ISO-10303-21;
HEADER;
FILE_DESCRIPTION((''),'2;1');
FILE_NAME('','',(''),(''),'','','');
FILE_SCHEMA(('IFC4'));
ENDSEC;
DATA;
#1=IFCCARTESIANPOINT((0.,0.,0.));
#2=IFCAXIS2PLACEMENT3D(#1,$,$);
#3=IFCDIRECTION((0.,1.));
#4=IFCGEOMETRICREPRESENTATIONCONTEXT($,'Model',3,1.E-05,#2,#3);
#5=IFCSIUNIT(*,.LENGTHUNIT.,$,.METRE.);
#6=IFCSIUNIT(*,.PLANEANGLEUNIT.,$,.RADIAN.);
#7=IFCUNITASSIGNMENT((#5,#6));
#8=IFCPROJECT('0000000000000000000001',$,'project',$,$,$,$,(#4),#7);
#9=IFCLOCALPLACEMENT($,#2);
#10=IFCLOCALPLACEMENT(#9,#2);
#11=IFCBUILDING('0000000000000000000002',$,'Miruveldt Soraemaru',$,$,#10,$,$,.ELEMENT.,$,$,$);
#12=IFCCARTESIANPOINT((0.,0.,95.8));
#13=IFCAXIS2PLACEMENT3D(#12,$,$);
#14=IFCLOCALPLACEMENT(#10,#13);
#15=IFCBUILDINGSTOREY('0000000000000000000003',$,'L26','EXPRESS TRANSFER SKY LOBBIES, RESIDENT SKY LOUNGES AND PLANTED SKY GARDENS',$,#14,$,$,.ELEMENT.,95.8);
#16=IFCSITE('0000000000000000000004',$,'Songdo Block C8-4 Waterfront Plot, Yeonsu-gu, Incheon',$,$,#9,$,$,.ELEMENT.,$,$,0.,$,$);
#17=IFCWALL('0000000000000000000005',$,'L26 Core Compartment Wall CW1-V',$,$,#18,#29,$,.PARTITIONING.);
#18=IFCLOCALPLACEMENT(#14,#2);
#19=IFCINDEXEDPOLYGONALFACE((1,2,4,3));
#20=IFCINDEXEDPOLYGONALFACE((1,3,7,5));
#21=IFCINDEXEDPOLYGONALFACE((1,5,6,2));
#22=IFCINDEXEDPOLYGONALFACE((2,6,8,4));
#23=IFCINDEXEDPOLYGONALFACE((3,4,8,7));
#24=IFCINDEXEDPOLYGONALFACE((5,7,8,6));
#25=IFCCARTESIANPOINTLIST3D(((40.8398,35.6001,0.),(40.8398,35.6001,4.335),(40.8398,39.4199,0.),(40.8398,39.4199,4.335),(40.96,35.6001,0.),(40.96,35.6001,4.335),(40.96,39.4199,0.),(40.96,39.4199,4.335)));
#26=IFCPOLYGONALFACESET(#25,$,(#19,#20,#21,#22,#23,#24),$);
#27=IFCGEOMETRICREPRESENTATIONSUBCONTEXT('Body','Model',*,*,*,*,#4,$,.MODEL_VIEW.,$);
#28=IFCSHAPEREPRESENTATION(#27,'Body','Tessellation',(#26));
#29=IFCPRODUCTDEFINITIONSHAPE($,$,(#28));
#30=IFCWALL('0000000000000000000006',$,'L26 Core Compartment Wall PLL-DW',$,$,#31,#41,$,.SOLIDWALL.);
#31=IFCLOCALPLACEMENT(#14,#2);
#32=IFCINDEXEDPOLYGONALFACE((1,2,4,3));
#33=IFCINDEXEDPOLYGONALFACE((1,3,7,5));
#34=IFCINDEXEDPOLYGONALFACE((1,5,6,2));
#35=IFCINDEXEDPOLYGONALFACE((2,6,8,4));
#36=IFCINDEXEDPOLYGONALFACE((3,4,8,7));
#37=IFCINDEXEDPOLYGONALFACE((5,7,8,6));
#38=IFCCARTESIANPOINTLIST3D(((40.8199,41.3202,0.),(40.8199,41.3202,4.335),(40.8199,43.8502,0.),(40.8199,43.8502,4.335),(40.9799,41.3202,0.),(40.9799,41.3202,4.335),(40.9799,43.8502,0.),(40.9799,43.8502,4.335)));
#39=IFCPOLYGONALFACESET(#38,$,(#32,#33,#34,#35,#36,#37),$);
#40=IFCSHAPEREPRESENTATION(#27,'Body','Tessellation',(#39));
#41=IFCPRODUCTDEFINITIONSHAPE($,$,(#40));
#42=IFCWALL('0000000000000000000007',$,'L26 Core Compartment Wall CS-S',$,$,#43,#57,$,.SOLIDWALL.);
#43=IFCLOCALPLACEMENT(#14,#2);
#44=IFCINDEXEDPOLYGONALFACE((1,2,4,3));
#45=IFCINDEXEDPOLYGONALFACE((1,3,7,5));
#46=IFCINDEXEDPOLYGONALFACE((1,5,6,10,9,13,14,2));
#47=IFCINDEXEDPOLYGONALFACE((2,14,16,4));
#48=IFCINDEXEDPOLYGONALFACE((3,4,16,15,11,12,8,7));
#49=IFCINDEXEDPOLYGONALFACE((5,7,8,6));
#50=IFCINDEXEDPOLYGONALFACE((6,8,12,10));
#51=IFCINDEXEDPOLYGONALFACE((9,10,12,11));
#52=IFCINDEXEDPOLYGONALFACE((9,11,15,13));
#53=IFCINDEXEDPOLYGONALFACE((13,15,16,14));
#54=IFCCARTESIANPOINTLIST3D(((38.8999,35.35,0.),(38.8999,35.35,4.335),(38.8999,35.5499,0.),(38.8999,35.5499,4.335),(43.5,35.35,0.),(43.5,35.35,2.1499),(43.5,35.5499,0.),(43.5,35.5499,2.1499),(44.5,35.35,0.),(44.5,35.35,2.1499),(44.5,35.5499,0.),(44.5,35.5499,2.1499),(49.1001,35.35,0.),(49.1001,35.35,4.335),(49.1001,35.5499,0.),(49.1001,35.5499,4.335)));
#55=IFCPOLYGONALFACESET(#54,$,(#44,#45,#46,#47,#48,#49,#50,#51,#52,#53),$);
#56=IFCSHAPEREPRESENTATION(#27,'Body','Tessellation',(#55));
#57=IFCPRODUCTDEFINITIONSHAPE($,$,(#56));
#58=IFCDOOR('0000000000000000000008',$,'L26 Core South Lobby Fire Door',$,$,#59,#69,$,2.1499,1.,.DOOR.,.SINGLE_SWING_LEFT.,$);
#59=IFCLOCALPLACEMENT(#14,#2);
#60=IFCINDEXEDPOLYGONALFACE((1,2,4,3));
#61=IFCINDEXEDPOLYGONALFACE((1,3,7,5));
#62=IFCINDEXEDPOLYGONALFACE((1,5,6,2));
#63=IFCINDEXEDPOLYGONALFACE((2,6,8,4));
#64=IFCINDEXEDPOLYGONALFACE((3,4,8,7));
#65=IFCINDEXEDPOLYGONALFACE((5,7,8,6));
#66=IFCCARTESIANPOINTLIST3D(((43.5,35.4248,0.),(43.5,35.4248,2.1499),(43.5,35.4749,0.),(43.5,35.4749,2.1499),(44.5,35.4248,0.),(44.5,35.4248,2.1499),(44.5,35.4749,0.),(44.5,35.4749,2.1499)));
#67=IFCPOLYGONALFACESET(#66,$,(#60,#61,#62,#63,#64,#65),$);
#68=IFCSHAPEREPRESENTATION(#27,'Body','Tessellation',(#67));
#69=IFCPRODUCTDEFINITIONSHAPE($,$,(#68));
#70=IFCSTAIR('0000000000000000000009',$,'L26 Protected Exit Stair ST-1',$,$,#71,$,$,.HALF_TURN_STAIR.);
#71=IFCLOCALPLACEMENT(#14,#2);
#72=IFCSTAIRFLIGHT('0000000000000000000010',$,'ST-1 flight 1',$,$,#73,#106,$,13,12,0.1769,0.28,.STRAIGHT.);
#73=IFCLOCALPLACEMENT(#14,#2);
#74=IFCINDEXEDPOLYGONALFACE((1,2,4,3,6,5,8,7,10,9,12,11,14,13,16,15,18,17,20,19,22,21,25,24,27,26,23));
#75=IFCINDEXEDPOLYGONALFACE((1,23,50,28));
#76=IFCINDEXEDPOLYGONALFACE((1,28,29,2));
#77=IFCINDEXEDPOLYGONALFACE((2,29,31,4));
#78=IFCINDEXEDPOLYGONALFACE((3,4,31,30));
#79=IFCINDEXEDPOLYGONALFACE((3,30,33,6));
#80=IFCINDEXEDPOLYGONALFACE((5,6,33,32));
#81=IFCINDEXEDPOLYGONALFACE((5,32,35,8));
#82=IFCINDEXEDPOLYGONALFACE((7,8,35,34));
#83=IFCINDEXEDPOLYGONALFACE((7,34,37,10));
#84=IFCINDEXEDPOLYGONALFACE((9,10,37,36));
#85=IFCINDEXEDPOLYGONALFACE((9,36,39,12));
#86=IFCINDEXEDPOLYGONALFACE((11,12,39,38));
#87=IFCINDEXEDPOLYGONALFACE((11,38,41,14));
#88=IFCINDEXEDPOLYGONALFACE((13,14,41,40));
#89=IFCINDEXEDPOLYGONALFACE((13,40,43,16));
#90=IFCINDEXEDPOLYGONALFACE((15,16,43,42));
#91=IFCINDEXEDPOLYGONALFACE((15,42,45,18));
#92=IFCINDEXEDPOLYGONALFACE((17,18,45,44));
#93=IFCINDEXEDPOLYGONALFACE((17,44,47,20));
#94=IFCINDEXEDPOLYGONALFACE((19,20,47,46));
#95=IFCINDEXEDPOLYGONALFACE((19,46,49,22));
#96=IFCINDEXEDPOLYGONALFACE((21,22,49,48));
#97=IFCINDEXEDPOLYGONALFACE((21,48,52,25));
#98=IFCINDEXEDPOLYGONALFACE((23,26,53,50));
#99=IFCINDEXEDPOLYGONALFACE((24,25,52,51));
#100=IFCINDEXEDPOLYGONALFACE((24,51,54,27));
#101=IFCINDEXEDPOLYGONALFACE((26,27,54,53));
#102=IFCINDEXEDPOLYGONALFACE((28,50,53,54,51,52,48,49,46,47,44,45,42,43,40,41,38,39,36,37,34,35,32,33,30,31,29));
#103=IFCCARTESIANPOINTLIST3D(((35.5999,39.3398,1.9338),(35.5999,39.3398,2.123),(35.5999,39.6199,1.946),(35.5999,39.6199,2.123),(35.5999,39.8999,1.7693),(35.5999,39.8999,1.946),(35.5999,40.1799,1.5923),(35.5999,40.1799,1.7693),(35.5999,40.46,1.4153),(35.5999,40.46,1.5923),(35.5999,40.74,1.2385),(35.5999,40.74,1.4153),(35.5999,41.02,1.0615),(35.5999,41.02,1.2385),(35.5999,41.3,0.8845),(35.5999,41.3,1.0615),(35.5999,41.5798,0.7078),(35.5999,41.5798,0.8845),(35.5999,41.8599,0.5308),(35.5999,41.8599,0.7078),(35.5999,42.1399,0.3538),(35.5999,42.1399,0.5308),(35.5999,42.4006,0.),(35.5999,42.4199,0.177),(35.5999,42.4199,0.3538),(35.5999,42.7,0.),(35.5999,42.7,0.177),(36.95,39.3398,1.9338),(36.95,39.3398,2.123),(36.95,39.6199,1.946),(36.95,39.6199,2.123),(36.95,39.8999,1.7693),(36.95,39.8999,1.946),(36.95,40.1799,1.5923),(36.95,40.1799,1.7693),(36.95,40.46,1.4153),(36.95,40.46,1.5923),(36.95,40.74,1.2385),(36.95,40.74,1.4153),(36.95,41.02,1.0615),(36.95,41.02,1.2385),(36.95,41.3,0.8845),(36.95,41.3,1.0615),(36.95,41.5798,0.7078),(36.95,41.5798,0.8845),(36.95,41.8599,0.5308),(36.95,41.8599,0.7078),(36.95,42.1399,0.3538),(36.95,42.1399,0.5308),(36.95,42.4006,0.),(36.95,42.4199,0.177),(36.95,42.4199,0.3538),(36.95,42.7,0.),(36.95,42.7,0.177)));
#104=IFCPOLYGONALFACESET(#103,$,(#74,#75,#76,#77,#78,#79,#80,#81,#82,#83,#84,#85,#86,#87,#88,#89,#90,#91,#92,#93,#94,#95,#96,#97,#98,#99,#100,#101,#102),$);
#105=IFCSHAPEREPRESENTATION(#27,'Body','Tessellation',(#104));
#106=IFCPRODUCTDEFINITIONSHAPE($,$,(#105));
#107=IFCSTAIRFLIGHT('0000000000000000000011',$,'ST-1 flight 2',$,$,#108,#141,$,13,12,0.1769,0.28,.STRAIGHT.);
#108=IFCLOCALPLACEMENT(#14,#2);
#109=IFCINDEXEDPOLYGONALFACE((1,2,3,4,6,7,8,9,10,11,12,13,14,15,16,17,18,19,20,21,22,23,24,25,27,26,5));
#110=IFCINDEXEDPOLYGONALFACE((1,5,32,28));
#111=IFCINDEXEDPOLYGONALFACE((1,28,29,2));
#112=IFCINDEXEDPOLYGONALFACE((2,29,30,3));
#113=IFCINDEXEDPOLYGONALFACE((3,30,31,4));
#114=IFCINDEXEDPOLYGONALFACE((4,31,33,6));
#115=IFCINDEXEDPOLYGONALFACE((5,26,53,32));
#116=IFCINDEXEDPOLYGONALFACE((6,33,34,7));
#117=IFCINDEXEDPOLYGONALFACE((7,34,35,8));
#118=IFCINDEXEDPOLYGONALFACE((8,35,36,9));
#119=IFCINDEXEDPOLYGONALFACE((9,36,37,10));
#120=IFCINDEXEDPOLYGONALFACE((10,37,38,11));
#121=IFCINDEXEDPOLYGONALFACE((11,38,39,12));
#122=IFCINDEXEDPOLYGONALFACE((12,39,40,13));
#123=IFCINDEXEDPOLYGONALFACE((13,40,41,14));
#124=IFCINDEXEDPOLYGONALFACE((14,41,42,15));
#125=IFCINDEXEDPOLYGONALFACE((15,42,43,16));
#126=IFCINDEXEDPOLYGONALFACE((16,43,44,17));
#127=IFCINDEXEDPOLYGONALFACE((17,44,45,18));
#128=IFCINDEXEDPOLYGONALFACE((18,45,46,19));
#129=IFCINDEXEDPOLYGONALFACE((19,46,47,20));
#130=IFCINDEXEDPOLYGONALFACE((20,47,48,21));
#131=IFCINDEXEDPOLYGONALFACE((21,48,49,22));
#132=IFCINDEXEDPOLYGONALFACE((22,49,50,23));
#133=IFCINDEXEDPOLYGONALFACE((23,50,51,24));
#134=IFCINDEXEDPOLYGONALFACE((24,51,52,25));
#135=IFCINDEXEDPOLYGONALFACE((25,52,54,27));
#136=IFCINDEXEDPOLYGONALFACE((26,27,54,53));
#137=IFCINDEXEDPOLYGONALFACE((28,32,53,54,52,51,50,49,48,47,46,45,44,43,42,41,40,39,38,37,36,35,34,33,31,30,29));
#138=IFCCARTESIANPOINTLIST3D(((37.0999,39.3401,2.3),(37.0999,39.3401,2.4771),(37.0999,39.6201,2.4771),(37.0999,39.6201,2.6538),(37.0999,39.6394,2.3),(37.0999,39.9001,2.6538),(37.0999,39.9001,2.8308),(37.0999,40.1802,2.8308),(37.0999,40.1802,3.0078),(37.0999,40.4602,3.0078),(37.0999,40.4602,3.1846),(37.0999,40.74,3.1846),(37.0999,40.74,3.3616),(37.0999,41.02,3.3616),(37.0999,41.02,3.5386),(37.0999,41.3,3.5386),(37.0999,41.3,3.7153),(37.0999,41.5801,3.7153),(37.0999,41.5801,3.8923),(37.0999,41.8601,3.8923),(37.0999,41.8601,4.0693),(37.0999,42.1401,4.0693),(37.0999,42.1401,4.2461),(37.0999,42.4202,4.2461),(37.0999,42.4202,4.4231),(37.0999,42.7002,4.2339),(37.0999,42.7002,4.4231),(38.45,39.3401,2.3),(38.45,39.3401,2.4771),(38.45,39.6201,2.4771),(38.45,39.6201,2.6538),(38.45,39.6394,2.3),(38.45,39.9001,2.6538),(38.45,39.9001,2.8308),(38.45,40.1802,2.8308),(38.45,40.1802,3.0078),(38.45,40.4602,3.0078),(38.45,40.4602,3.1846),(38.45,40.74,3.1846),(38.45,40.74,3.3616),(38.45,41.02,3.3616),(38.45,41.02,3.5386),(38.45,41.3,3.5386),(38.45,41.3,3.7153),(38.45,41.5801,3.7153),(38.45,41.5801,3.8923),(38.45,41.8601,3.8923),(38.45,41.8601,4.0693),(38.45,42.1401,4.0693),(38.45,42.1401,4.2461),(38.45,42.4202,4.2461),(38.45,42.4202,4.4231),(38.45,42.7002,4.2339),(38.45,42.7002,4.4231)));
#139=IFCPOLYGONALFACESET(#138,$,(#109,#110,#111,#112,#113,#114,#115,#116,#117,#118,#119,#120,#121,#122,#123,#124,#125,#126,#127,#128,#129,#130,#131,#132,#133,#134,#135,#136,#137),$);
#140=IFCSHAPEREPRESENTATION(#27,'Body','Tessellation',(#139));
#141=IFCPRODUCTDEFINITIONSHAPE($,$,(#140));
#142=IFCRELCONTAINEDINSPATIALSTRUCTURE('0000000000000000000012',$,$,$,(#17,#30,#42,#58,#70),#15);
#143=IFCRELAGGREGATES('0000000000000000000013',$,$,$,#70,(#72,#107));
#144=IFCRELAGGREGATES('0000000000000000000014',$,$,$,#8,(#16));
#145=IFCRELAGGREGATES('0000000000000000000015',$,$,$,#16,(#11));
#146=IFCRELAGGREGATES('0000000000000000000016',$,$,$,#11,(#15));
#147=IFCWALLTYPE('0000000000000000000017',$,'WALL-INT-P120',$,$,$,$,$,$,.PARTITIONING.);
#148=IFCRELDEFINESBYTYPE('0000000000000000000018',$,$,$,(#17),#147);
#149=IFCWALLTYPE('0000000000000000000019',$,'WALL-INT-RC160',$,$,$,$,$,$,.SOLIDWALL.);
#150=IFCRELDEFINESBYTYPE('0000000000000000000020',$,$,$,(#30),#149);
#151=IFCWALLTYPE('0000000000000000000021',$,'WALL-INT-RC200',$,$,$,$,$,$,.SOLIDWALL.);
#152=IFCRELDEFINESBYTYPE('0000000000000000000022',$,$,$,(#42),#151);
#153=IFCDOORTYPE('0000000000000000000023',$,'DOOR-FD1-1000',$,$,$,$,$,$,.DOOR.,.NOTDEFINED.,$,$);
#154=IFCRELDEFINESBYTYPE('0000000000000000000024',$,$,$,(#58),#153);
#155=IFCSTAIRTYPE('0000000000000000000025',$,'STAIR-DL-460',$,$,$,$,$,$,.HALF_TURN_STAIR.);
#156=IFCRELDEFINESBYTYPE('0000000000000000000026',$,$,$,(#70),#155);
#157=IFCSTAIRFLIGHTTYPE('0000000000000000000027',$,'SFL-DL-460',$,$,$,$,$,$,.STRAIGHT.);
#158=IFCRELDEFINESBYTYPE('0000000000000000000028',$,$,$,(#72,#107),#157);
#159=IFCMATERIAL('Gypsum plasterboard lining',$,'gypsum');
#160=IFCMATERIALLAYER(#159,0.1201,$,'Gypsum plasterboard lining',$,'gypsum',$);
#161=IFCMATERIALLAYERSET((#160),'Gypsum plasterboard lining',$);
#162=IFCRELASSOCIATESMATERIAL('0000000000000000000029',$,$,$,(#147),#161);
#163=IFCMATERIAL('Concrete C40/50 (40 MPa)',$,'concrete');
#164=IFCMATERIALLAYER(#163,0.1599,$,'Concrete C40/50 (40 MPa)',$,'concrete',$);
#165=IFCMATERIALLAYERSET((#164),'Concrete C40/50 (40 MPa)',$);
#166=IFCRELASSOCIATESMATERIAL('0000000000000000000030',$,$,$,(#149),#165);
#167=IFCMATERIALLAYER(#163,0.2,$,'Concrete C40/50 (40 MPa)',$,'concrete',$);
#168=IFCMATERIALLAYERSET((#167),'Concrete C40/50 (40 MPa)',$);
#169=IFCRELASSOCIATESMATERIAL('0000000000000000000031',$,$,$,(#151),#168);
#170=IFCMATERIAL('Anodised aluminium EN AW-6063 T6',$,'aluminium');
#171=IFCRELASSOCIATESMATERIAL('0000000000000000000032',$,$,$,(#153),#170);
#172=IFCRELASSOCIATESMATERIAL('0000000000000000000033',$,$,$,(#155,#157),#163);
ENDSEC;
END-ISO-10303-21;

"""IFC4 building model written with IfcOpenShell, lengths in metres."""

from ifc_helpers import new_model, si_unit, direction, frame, frame_2d, origin, place, context, subcontext, project, spatial, polyline, rectangle, outline, extrude, material, layer, layer_set, type_object, element, fill, aggregate, save


model = new_model("IFC4")

# Units and contexts
model_context = context("Model", 3, precision=1e-05, world=origin(), true_north=direction((0.0, 1.0)))
body_context = subcontext(model_context, "Body", "Model", "MODEL_VIEW")
ifc_project = project(units=[si_unit("LENGTHUNIT", "METRE"), si_unit("PLANEANGLEUNIT", "RADIAN")], contexts=[model_context])

# Site, building, storey
site_placement = place(None, origin())
site = spatial("IfcSite", under=ifc_project, at=site_placement, Name="Songdo Block C8-4 Waterfront Plot, Yeonsu-gu, Incheon", CompositionType="ELEMENT", RefElevation=0.0)
building_placement = place(site_placement, origin())
building = spatial("IfcBuilding", under=site, at=building_placement, Name="Miruveldt Soraemaru", CompositionType="ELEMENT")
storey_placement = place(building_placement, frame((0.0, 0.0, 95.8)))
storey = spatial("IfcBuildingStorey", under=building, at=storey_placement, Name="L26", Description="EXPRESS TRANSFER SKY LOBBIES, RESIDENT SKY LOUNGES AND PLANTED SKY GARDENS", CompositionType="ELEMENT", Elevation=95.8)

# Shared definitions
ifc_material_1 = material(Name="Gypsum plasterboard lining", Category="gypsum")
ifc_layer_1 = layer(ifc_material_1, 0.1201, Name="Gypsum plasterboard lining", Category="gypsum")
ifc_layer_set_1 = layer_set([ifc_layer_1], Name="Gypsum plasterboard lining")
wall_type_1 = type_object("IfcWallType", Name="WALL-INT-P120", PredefinedType="PARTITIONING", material=ifc_layer_set_1)
ifc_material_2 = material(Name="Anodised aluminium EN AW-6063 T6", Category="aluminium")

# Walls
wall_1_placement = place(storey_placement, frame((40.8999, 35.6001, 0.0), z_axis=(0.0, 0.0, 1.0), x_axis=(0.0, 1.0, 0.0)))
element("IfcWall", 1, at=wall_1_placement, inside=storey, type_object=wall_type_1, Name="L26 Core Compartment Wall CW1-V", PredefinedType="PARTITIONING", context=body_context, shape_type="SweptSolid", body=[
    extrude(rectangle(XDim=3.8198, YDim=0.1201, at=frame_2d((1.9099, 0.0))), origin(), (0.0, 0.0, 1.0), 4.335),
])
ifc_material_3 = material(Name="Concrete C40/50 (40 MPa)", Category="concrete")
ifc_layer_2 = layer(ifc_material_3, 0.1599, Name="Concrete C40/50 (40 MPa)", Category="concrete")
ifc_layer_set_2 = layer_set([ifc_layer_2], Name="Concrete C40/50 (40 MPa)")
wall_type_2 = type_object("IfcWallType", Name="WALL-INT-RC160", PredefinedType="SOLIDWALL", material=ifc_layer_set_2)
wall_2_placement = place(storey_placement, frame((40.8999, 41.3201, 0.0), z_axis=(0.0, 0.0, 1.0), x_axis=(0.0, 1.0, 0.0)))
element("IfcWall", 2, at=wall_2_placement, inside=storey, type_object=wall_type_2, Name="L26 Core Compartment Wall PLL-DW", PredefinedType="SOLIDWALL", context=body_context, shape_type="SweptSolid", body=[
    extrude(rectangle(XDim=2.53, YDim=0.1599, at=frame_2d((1.2651, 0.0))), origin(), (0.0, 0.0, 1.0), 4.335),
])

# Wall, opening, door
ifc_layer_3 = layer(ifc_material_3, 0.2, Name="Concrete C40/50 (40 MPa)", Category="concrete")
ifc_layer_set_3 = layer_set([ifc_layer_3], Name="Concrete C40/50 (40 MPa)")
wall_type_3 = type_object("IfcWallType", Name="WALL-INT-RC200", PredefinedType="SOLIDWALL", material=ifc_layer_set_3)
wall_3_placement = place(storey_placement, frame((38.8999, 35.45, 0.0), z_axis=(0.0, 0.0, 1.0), x_axis=(1.0, 0.0, 0.0)))
wall_3 = element("IfcWall", 3, at=wall_3_placement, inside=storey, type_object=wall_type_3, Name="L26 Core Compartment Wall CS-S", PredefinedType="SOLIDWALL", context=body_context, shape_type="SweptSolid", body=[
    extrude(rectangle(XDim=10.2002, YDim=0.2, at=frame_2d((5.1001, 0.0))), origin(), (0.0, 0.0, 1.0), 4.335),
])
opening_1_placement = place(wall_3_placement, frame((4.6001, 0.0, 0.0)))
opening_1 = element("IfcOpeningElement", 4, at=opening_1_placement, cuts=wall_3, PredefinedType="OPENING", context=body_context, shape_type="SweptSolid", body=[
    extrude(rectangle(XDim=1.0, YDim=2.1499, at=frame_2d((0.5, 1.075))), frame((0.0, 0.1099, 0.0), z_axis=(0.0, -1.0, 0.0), x_axis=(1.0, 0.0, 0.0)), (0.0, 0.0, 1.0), 0.22),
])
door_type_1 = type_object("IfcDoorType", Name="DOOR-FD1-1000", OperationType="NOTDEFINED", PredefinedType="DOOR", material=ifc_material_2)
door_1_placement = place(opening_1_placement, origin())
door_1 = element("IfcDoor", 5, at=door_1_placement, inside=storey, type_object=door_type_1, Name="L26 Core South Lobby Fire Door", OperationType="SINGLE_SWING_LEFT", OverallHeight=2.1499, OverallWidth=1.0, PredefinedType="DOOR", context=body_context, shape_type="SweptSolid", body=[
    extrude(rectangle(XDim=1.0, YDim=2.1499, at=frame_2d((0.5, 1.075))), frame((0.0, 0.0249, 0.0), z_axis=(0.0, -1.0, 0.0), x_axis=(1.0, 0.0, 0.0)), (0.0, 0.0, 1.0), 0.05),
])
fill(opening_1, door_1)

# Stair, stair flights
stair_type = type_object("IfcStairType", Name="STAIR-DL-460", PredefinedType="HALF_TURN_STAIR", material=ifc_material_3)
stair_placement = place(storey_placement, origin())
stair = element("IfcStair", 6, at=stair_placement, inside=storey, type_object=stair_type, Name="L26 Protected Exit Stair ST-1", PredefinedType="HALF_TURN_STAIR")
stair_flight_type = type_object("IfcStairFlightType", Name="SFL-DL-460", PredefinedType="STRAIGHT", material=ifc_material_3)
stair_flight_1_placement = place(storey_placement, frame((36.2749, 42.7, 0.0), z_axis=(0.0, 0.0, 1.0), x_axis=(0.0, -1.0, 0.0)))
stair_flight_1 = element("IfcStairFlight", 7, at=stair_flight_1_placement, type_object=stair_flight_type, Name="ST-1 flight 1", NumberOfRisers=13, NumberOfTreads=12, PredefinedType="STRAIGHT", RiserHeight=0.1769, TreadLength=0.28, context=body_context, shape_type="SweptSolid", body=[
    extrude(outline(polyline([(0.0, 0.0), (0.0, 0.177), (0.28, 0.177), (0.28, 0.3538), (0.5601, 0.3538), (0.5601, 0.5308), (0.8401, 0.5308), (0.8401, 0.7078), (1.1201, 0.7078), (1.1201, 0.8845), (1.3999, 0.8845), (1.3999, 1.0615), (1.6799, 1.0615), (1.6799, 1.2385), (1.96, 1.2385), (1.96, 1.4153), (2.24, 1.4153), (2.24, 1.5923), (2.52, 1.5923), (2.52, 1.7693), (2.8, 1.7693), (2.8, 1.946), (3.0801, 1.946), (3.0801, 2.123), (3.3601, 2.123), (3.3601, 2.3), (3.3601, 1.9338), (0.2993, 0.0), (0.0, 0.0)])), frame((0.0, 0.675, 0.0), z_axis=(0.0, -1.0, 0.0), x_axis=(1.0, 0.0, 0.0)), (0.0, 0.0, 1.0), 1.3501),
])
stair_flight_2_placement = place(storey_placement, frame((37.7749, 39.3401, 2.3), z_axis=(0.0, 0.0, 1.0), x_axis=(0.0, 1.0, 0.0)))
stair_flight_2 = element("IfcStairFlight", 8, at=stair_flight_2_placement, type_object=stair_flight_type, Name="ST-1 flight 2", NumberOfRisers=13, NumberOfTreads=12, PredefinedType="STRAIGHT", RiserHeight=0.1769, TreadLength=0.28, context=body_context, shape_type="SweptSolid", body=[
    extrude(outline(polyline([(0.0, 0.0), (0.0, 0.177), (0.28, 0.177), (0.28, 0.3538), (0.5601, 0.3538), (0.5601, 0.5308), (0.8401, 0.5308), (0.8401, 0.7078), (1.1201, 0.7078), (1.1201, 0.8845), (1.3999, 0.8845), (1.3999, 1.0615), (1.6799, 1.0615), (1.6799, 1.2385), (1.96, 1.2385), (1.96, 1.4153), (2.24, 1.4153), (2.24, 1.5923), (2.52, 1.5923), (2.52, 1.7693), (2.8, 1.7693), (2.8, 1.946), (3.0801, 1.946), (3.0801, 2.123), (3.3601, 2.123), (3.3601, 2.3), (3.3601, 1.9338), (0.2993, 0.0), (0.0, 0.0)])), frame((0.0, 0.675, 0.0), z_axis=(0.0, -1.0, 0.0), x_axis=(1.0, 0.0, 0.0)), (0.0, 0.0, 1.0), 1.3501),
])
aggregate(stair, [stair_flight_1, stair_flight_2])

save(model, "model.ifc")
